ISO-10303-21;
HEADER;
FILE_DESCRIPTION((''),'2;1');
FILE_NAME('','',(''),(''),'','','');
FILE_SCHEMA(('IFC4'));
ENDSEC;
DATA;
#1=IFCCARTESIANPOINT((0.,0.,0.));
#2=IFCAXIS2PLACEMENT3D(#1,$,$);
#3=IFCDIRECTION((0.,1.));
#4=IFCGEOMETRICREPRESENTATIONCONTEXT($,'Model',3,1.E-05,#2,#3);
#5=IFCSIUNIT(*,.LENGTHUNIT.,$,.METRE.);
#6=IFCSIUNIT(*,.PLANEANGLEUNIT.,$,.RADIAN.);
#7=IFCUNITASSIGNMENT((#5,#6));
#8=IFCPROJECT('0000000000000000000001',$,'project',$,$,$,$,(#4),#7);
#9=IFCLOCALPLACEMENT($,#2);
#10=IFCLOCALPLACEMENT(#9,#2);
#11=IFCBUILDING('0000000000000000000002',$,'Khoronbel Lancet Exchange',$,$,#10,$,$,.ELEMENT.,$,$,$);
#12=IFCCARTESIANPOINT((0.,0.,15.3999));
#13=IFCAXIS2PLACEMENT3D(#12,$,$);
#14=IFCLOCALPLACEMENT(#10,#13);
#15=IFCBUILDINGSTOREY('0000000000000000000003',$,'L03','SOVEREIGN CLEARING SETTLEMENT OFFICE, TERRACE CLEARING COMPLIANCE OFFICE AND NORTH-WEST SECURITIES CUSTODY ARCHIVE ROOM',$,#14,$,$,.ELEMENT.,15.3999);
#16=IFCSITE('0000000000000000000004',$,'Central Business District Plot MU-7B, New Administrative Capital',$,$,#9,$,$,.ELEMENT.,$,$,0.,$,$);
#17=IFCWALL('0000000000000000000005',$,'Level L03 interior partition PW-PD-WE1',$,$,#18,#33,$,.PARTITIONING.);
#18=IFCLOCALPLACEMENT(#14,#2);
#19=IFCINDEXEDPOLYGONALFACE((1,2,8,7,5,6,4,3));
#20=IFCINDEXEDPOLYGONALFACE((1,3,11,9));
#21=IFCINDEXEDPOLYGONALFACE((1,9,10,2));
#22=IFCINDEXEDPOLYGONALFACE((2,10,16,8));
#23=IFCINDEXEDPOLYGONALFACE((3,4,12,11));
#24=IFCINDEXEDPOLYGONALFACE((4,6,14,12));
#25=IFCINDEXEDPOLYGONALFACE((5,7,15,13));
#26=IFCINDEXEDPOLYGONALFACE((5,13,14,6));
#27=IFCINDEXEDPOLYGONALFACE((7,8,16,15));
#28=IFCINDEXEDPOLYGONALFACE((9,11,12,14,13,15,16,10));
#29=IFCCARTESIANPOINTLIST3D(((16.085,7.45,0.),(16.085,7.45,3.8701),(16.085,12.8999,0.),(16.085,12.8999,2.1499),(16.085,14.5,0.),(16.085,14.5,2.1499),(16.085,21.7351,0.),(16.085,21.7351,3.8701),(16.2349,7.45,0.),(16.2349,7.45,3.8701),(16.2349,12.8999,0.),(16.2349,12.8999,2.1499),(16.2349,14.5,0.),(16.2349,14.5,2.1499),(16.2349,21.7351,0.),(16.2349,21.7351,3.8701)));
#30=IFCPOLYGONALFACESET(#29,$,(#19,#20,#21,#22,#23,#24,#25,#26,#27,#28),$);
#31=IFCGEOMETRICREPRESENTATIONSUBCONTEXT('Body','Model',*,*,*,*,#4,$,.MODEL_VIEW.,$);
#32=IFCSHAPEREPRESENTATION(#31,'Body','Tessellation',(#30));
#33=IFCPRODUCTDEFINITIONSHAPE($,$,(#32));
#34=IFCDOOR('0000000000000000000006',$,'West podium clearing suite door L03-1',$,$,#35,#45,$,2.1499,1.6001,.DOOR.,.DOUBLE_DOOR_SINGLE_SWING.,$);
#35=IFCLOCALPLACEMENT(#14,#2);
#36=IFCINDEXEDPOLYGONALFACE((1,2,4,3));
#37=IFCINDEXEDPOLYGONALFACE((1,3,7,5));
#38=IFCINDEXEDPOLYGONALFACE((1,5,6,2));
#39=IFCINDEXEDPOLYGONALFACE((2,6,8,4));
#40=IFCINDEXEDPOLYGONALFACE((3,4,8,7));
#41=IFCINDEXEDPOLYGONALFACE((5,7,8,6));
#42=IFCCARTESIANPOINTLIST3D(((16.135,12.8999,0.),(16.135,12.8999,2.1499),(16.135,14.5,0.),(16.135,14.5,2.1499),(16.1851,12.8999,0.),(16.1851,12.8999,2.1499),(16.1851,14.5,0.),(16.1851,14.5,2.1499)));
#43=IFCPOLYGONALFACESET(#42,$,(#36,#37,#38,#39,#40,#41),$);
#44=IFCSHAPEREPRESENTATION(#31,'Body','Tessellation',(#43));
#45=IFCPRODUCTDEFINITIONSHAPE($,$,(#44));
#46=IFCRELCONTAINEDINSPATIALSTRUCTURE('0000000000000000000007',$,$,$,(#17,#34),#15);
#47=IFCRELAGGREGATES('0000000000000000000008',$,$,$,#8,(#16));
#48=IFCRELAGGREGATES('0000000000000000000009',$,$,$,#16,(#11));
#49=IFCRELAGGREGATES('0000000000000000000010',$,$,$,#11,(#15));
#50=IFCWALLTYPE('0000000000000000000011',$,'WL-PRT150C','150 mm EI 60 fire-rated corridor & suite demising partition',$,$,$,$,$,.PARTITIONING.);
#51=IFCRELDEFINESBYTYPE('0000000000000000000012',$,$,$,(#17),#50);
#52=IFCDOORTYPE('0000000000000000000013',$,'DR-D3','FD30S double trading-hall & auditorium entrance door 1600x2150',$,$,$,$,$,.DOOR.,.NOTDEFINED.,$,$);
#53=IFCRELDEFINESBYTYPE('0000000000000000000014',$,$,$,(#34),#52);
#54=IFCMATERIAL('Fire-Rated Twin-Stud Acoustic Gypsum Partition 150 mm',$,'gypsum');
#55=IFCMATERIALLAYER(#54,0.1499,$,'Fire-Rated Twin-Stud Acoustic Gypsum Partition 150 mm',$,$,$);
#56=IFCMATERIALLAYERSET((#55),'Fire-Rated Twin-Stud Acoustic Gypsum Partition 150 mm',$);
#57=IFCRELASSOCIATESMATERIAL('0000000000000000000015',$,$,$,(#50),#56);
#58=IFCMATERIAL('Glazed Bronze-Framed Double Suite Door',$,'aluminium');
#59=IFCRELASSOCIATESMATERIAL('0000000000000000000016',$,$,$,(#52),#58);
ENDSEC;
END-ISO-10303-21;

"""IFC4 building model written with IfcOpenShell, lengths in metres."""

from ifc_helpers import new_model, si_unit, direction, frame, frame_2d, origin, place, context, subcontext, project, spatial, rectangle, extrude, material, layer, layer_set, type_object, element, fill, save


model = new_model("IFC4")

# Units and contexts
model_context = context("Model", 3, precision=1e-05, world=origin(), true_north=direction((0.0, 1.0)))
body_context = subcontext(model_context, "Body", "Model", "MODEL_VIEW")
ifc_project = project(units=[si_unit("LENGTHUNIT", "METRE"), si_unit("PLANEANGLEUNIT", "RADIAN")], contexts=[model_context])

# Site, building, storey
site_placement = place(None, origin())
site = spatial("IfcSite", under=ifc_project, at=site_placement, Name="Central Business District Plot MU-7B, New Administrative Capital", CompositionType="ELEMENT", RefElevation=0.0)
building_placement = place(site_placement, origin())
building = spatial("IfcBuilding", under=site, at=building_placement, Name="Khoronbel Lancet Exchange", CompositionType="ELEMENT")
storey_placement = place(building_placement, frame((0.0, 0.0, 15.3999)))
storey = spatial("IfcBuildingStorey", under=building, at=storey_placement, Name="L03", Description="SOVEREIGN CLEARING SETTLEMENT OFFICE, TERRACE CLEARING COMPLIANCE OFFICE AND NORTH-WEST SECURITIES CUSTODY ARCHIVE ROOM", CompositionType="ELEMENT", Elevation=15.3999)

# Wall, opening, door
ifc_material_1 = material(Name="Fire-Rated Twin-Stud Acoustic Gypsum Partition 150 mm", Category="gypsum")
ifc_layer_1 = layer(ifc_material_1, 0.1499, Name="Fire-Rated Twin-Stud Acoustic Gypsum Partition 150 mm")
ifc_layer_set_1 = layer_set([ifc_layer_1], Name="Fire-Rated Twin-Stud Acoustic Gypsum Partition 150 mm")
wall_type_1 = type_object("IfcWallType", Name="WL-PRT150C", Description="150 mm EI 60 fire-rated corridor & suite demising partition", PredefinedType="PARTITIONING", material=ifc_layer_set_1)
wall_1_placement = place(storey_placement, frame((16.1599, 7.45, 0.0), z_axis=(0.0, 0.0, 1.0), x_axis=(0.0, 1.0, 0.0)))
wall_1 = element("IfcWall", 1, at=wall_1_placement, inside=storey, type_object=wall_type_1, Name="Level L03 interior partition PW-PD-WE1", PredefinedType="PARTITIONING", context=body_context, shape_type="SweptSolid", body=[
    extrude(rectangle(XDim=14.2852, YDim=0.1499, at=frame_2d((7.1426, 0.0))), origin(), (0.0, 0.0, 1.0), 3.8701),
])
opening_1_placement = place(wall_1_placement, frame((5.45, 0.0, 0.0)))
opening_1 = element("IfcOpeningElement", 2, at=opening_1_placement, cuts=wall_1, PredefinedType="OPENING", context=body_context, shape_type="SweptSolid", body=[
    extrude(rectangle(XDim=1.6001, YDim=2.1499, at=frame_2d((0.8, 1.075))), frame((0.0, 0.085, 0.0), z_axis=(0.0, -1.0, 0.0), x_axis=(1.0, 0.0, 0.0)), (0.0, 0.0, 1.0), 0.1699),
])
ifc_material_2 = material(Name="Glazed Bronze-Framed Double Suite Door", Category="aluminium")
door_type_1 = type_object("IfcDoorType", Name="DR-D3", Description="FD30S double trading-hall & auditorium entrance door 1600x2150", OperationType="NOTDEFINED", PredefinedType="DOOR", material=ifc_material_2)
door_1_placement = place(opening_1_placement, origin())
door_1 = element("IfcDoor", 3, at=door_1_placement, inside=storey, type_object=door_type_1, Name="West podium clearing suite door L03-1", OperationType="DOUBLE_DOOR_SINGLE_SWING", OverallHeight=2.1499, OverallWidth=1.6001, PredefinedType="DOOR", context=body_context, shape_type="SweptSolid", body=[
    extrude(rectangle(XDim=1.6001, YDim=2.1499, at=frame_2d((0.8, 1.075))), frame((0.0, 0.0249, 0.0), z_axis=(0.0, -1.0, 0.0), x_axis=(1.0, 0.0, 0.0)), (0.0, 0.0, 1.0), 0.05),
])
fill(opening_1, door_1)

save(model, "model.ifc")
